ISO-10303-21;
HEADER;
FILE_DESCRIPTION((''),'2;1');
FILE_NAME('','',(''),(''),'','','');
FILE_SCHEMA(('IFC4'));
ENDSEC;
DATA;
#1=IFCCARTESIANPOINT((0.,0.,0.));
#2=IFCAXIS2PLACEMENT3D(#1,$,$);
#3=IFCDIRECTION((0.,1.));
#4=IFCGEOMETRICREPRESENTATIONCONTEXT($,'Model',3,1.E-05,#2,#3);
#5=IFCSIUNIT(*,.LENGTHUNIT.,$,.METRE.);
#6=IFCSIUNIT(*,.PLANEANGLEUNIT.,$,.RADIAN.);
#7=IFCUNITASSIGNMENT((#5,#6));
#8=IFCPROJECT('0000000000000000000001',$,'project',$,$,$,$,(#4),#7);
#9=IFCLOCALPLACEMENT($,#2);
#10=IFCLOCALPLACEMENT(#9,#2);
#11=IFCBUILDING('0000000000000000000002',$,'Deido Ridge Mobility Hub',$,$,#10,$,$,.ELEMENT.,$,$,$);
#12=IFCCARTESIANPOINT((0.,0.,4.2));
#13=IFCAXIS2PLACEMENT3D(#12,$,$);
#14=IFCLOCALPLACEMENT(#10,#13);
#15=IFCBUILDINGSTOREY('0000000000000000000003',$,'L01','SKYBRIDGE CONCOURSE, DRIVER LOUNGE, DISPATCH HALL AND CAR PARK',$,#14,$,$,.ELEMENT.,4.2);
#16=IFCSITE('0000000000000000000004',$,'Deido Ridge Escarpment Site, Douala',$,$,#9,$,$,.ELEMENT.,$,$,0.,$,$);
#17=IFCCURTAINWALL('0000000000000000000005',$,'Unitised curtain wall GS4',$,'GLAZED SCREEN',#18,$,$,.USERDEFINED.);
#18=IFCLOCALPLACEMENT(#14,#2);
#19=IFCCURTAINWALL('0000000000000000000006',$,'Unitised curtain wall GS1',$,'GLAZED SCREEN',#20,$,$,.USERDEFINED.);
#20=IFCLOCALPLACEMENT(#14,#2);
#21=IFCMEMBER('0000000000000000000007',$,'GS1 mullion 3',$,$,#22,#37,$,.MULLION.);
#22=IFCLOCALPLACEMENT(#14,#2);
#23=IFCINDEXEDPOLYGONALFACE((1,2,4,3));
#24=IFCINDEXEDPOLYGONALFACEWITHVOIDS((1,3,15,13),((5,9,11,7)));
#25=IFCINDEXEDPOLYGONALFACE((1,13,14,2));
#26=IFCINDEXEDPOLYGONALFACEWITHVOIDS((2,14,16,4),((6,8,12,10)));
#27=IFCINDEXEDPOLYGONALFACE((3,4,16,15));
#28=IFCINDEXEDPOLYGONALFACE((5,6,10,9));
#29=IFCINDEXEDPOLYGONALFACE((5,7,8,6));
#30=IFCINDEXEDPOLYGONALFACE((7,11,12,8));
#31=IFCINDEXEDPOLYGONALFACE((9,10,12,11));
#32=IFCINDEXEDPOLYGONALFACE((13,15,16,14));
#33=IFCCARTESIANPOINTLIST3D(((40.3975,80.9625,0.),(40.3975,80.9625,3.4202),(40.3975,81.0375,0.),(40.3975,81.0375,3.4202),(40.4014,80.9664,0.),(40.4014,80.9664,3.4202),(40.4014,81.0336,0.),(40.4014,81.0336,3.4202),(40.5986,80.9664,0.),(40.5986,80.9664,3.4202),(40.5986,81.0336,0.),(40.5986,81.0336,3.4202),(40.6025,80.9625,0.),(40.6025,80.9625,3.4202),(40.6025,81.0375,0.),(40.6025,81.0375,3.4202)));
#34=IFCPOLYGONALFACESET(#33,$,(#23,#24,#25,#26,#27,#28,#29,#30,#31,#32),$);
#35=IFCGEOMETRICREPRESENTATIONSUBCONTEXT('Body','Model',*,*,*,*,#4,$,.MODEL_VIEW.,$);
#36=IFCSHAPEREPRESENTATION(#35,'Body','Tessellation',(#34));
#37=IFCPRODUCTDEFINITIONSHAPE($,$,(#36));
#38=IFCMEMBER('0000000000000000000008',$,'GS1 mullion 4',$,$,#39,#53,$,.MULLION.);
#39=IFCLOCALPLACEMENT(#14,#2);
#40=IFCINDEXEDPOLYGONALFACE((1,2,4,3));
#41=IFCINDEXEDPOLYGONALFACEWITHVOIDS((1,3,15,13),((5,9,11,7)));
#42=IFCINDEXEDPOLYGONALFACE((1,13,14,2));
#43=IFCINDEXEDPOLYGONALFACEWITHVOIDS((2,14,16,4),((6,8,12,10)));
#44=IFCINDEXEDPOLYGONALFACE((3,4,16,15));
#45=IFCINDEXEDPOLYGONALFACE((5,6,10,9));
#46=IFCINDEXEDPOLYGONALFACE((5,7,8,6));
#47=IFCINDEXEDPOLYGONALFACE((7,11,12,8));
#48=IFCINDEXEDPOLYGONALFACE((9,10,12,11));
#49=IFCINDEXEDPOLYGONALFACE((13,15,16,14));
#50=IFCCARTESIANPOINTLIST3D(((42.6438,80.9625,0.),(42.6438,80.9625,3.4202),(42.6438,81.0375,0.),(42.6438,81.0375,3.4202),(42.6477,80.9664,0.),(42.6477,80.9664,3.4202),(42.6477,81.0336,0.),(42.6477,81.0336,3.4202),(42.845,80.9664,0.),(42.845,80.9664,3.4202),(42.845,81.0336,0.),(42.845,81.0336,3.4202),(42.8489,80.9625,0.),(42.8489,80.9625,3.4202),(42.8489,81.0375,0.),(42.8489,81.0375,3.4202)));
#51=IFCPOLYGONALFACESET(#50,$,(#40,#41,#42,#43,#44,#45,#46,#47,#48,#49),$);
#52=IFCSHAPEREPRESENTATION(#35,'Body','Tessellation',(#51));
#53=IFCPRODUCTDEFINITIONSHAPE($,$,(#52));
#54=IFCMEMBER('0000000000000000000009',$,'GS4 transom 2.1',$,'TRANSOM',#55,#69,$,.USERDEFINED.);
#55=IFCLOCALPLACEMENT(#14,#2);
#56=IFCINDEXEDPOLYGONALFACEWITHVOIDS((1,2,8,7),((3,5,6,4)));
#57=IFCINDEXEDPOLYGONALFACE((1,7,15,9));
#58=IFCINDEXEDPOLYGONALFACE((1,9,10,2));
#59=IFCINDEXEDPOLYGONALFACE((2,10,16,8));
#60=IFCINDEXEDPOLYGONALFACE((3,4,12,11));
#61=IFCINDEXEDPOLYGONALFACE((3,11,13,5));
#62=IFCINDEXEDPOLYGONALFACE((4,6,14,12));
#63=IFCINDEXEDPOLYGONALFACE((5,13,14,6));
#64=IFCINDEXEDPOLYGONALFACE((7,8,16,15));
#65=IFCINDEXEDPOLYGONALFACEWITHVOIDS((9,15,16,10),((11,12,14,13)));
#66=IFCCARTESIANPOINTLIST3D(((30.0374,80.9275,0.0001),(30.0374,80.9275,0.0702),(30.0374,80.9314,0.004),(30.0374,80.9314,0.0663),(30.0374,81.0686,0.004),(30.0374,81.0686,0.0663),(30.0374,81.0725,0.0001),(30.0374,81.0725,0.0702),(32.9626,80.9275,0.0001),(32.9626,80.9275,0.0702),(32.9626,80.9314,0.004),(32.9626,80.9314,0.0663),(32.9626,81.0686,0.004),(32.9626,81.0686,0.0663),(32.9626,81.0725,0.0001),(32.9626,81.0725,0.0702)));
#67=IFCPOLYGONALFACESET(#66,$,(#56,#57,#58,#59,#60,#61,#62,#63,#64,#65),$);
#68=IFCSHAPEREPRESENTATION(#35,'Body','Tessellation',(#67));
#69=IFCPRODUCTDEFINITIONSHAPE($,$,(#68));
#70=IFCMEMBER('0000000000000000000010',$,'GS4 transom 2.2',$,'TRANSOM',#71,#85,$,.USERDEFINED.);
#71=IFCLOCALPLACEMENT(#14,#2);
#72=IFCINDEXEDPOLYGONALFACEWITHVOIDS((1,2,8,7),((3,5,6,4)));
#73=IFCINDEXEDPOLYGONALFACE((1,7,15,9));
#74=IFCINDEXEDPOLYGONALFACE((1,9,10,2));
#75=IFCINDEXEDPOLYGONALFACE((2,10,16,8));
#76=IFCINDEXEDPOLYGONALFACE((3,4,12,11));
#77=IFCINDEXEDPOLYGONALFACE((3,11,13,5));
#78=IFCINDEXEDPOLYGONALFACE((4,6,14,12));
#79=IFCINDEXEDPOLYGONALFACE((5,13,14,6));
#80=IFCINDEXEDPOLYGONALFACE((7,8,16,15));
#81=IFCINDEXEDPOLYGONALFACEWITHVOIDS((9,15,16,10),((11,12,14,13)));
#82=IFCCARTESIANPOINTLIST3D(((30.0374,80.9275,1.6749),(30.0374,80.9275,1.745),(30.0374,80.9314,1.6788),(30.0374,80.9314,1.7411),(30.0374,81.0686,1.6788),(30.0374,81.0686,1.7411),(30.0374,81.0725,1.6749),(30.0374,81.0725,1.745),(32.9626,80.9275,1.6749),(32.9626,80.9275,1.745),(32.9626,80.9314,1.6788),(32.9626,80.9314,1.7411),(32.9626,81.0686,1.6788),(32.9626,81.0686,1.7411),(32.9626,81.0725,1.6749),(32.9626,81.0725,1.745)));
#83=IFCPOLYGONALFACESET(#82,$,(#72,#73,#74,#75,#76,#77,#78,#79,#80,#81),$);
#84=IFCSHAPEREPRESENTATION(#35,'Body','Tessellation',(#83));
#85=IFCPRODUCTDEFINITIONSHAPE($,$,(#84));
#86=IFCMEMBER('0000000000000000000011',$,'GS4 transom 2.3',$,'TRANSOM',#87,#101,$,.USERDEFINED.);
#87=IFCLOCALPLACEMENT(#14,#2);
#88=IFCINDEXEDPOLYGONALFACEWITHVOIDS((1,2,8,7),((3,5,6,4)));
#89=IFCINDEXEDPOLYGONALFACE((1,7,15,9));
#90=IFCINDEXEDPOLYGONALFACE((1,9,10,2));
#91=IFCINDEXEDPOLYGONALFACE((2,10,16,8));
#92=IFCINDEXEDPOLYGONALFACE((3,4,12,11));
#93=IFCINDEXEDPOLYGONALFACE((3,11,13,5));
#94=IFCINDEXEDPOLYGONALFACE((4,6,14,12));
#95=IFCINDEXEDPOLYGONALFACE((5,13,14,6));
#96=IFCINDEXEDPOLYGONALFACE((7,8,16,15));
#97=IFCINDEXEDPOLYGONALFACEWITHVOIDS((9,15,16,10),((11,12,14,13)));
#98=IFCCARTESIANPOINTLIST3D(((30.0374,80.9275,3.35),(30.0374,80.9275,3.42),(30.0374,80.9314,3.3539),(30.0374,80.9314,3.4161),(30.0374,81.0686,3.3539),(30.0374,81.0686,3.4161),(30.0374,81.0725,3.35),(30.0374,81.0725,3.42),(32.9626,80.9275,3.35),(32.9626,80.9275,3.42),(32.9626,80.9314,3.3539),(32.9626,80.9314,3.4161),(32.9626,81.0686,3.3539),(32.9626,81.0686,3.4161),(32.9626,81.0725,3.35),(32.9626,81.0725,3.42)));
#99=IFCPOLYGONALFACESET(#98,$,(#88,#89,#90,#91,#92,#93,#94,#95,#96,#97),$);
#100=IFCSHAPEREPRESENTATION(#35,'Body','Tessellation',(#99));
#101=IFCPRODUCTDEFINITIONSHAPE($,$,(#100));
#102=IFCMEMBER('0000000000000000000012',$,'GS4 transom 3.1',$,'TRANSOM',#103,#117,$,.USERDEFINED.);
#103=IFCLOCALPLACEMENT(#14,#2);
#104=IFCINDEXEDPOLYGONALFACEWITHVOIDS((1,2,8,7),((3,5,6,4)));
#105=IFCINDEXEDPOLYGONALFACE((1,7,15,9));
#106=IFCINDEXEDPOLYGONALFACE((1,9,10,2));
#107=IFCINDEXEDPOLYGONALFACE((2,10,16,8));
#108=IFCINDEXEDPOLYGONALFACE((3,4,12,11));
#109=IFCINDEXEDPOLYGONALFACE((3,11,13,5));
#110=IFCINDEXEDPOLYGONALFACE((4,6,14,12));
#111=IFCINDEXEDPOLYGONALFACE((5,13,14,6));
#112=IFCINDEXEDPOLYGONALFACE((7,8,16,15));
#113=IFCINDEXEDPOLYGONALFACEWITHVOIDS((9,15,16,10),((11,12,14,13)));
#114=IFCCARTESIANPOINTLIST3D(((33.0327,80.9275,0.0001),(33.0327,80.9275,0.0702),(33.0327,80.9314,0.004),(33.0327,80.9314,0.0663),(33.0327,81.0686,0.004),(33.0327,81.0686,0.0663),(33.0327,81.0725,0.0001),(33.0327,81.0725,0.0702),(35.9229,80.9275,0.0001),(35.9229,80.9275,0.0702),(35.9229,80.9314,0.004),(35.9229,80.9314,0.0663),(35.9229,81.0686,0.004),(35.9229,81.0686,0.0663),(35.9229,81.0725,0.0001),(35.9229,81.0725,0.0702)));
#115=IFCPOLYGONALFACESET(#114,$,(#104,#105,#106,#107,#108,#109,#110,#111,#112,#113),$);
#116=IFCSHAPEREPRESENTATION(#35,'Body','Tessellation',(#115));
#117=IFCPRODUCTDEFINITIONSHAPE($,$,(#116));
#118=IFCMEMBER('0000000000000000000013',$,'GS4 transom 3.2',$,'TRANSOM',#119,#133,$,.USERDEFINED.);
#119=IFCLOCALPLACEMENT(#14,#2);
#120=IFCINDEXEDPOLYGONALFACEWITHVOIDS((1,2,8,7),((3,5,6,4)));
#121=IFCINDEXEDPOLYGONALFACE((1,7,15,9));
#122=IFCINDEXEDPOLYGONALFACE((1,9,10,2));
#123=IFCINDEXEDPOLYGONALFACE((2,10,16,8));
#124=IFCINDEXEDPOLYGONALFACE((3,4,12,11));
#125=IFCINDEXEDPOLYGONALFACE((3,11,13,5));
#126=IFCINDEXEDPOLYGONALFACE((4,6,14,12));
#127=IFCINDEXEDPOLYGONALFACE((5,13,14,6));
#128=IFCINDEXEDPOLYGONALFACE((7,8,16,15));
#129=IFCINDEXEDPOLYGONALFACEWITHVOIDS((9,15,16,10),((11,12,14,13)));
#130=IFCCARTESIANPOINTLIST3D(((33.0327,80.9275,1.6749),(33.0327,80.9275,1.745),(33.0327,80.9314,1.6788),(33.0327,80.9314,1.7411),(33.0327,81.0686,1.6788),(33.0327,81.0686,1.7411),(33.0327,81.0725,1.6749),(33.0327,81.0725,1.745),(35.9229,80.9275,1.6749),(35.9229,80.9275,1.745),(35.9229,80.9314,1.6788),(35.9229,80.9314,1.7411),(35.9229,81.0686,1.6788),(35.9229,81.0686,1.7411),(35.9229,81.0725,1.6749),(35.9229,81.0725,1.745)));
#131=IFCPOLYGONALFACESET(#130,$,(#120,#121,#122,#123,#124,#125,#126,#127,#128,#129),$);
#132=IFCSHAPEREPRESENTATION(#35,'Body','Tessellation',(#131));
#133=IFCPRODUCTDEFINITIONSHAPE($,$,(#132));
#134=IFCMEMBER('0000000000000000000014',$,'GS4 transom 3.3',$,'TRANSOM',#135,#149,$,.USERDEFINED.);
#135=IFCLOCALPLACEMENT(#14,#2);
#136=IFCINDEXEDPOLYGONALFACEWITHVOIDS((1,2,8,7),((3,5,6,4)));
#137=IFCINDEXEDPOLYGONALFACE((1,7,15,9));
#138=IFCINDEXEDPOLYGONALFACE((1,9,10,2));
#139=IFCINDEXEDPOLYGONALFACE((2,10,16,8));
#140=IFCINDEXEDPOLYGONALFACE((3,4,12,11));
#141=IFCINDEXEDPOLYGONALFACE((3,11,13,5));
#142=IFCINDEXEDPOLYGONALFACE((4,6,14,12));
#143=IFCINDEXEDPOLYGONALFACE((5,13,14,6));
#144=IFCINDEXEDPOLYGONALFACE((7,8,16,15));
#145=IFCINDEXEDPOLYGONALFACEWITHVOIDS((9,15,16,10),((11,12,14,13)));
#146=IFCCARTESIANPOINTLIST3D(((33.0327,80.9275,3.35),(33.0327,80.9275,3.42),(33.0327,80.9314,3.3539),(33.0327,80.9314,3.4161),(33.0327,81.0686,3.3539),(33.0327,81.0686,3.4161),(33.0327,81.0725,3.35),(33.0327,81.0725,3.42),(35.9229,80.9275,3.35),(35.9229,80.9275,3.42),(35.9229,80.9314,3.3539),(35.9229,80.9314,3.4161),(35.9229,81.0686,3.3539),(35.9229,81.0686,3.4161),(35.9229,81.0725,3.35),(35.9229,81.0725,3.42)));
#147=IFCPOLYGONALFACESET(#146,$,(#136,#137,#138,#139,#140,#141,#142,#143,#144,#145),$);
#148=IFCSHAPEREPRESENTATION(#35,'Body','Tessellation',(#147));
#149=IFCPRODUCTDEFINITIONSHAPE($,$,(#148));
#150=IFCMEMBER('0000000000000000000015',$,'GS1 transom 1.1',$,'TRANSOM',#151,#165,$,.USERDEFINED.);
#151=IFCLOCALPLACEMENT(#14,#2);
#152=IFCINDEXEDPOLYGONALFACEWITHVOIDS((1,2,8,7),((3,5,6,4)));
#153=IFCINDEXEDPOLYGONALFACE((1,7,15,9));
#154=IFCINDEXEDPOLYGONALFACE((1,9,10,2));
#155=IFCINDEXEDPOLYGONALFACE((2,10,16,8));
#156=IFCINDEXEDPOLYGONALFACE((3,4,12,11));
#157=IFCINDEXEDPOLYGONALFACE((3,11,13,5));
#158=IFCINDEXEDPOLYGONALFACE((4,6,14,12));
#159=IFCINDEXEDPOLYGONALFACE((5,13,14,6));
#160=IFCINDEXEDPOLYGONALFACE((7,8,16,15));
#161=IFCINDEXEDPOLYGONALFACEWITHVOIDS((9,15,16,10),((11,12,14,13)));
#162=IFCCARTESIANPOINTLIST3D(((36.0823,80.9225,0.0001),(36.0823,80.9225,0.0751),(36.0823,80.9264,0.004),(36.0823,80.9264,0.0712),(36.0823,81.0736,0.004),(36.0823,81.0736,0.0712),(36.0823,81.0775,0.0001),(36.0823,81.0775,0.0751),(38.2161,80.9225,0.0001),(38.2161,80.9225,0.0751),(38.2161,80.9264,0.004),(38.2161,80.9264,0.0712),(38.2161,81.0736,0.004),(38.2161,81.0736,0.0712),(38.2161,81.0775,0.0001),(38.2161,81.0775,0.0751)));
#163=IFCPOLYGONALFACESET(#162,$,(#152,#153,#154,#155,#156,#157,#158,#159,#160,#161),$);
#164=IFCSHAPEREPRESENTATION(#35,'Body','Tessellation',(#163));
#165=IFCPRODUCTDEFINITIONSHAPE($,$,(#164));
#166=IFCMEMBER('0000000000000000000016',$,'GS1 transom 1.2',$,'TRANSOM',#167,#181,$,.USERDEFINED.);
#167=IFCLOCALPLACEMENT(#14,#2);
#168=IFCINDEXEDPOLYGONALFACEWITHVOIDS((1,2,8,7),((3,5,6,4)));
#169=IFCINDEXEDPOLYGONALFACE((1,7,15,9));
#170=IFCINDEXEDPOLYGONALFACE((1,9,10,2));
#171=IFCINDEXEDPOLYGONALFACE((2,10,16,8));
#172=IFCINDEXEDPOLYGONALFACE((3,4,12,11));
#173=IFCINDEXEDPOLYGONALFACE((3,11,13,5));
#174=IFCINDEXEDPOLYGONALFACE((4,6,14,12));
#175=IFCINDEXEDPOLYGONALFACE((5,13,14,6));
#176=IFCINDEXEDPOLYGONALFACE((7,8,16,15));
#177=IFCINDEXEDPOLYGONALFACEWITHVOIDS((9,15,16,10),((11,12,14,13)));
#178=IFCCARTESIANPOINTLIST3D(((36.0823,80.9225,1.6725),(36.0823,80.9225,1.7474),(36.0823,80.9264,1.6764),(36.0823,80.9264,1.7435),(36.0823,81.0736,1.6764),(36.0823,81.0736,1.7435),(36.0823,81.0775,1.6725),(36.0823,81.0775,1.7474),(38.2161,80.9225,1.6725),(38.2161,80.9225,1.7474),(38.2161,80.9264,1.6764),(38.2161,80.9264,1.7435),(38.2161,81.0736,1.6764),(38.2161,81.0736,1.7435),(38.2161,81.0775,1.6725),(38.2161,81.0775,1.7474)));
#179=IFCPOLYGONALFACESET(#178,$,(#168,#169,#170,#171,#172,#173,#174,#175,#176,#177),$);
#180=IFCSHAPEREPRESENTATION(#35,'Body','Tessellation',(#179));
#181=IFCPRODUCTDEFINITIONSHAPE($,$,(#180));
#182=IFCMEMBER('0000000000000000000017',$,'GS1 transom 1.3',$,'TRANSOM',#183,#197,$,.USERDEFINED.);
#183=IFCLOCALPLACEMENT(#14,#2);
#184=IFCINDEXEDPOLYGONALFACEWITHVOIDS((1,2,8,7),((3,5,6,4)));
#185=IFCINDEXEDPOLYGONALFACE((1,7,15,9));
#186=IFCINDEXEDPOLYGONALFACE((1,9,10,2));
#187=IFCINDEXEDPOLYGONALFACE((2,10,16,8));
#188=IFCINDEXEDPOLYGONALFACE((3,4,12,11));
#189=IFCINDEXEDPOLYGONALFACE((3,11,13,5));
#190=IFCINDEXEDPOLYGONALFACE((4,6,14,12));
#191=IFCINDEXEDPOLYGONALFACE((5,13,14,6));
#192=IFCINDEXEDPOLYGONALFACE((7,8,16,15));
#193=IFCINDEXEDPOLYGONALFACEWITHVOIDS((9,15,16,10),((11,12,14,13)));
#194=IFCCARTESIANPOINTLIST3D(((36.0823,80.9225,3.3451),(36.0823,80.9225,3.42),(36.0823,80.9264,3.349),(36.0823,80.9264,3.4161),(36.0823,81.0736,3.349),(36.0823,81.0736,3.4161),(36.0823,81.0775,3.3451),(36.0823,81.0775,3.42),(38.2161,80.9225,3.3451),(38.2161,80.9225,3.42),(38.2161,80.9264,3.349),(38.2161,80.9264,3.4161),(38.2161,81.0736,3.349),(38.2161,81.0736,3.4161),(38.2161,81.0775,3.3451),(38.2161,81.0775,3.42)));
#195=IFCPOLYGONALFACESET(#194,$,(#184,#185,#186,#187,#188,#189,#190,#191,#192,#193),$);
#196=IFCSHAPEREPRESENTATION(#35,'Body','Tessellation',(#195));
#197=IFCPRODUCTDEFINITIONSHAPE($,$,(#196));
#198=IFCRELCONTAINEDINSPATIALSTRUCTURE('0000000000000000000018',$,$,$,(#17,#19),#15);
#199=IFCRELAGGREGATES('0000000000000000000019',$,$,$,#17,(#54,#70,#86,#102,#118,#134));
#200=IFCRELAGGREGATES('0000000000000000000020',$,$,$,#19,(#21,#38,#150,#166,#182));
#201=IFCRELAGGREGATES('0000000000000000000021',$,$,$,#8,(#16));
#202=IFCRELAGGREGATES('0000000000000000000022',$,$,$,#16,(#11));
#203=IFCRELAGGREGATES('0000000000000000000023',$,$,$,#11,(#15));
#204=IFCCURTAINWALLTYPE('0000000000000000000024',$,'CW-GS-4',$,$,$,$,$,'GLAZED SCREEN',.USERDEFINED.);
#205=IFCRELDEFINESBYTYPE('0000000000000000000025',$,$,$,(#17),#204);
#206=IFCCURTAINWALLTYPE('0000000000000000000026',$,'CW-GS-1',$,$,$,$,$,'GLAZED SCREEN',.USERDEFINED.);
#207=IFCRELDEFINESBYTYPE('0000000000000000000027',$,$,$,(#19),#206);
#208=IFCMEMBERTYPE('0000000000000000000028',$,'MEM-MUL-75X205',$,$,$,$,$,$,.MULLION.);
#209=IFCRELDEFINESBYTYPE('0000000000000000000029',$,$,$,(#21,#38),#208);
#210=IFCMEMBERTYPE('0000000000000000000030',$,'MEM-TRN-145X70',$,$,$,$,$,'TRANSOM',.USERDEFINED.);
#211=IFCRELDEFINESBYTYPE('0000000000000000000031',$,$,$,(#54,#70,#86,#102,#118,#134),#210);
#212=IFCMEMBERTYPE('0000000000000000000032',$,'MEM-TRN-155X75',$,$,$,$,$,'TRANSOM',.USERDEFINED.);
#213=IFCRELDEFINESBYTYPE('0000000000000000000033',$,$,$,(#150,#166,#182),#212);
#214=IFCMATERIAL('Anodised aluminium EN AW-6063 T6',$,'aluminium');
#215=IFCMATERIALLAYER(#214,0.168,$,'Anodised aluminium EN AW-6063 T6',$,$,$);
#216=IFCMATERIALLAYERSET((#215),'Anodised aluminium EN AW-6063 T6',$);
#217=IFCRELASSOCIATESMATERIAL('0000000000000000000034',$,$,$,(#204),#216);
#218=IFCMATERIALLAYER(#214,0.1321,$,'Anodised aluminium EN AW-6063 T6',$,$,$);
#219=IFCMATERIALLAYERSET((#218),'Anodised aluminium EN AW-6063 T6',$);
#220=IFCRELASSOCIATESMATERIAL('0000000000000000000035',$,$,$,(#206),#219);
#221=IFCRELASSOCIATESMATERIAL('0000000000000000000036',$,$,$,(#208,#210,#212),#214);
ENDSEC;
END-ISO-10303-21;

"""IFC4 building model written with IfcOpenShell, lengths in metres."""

from ifc_helpers import new_model, si_unit, direction, frame, origin, origin_2d, place, context, subcontext, project, spatial, hollow_rectangle, extrude, material, layer, layer_set, material_profile, profile_set, type_object, element, aggregate, save


model = new_model("IFC4")

# Units and contexts
model_context = context("Model", 3, precision=1e-05, world=origin(), true_north=direction((0.0, 1.0)))
body_context = subcontext(model_context, "Body", "Model", "MODEL_VIEW")
ifc_project = project(units=[si_unit("LENGTHUNIT", "METRE"), si_unit("PLANEANGLEUNIT", "RADIAN")], contexts=[model_context])

# Site, building, storey
site_placement = place(None, origin())
site = spatial("IfcSite", under=ifc_project, at=site_placement, Name="Deido Ridge Escarpment Site, Douala", CompositionType="ELEMENT", RefElevation=0.0)
building_placement = place(site_placement, origin())
building = spatial("IfcBuilding", under=site, at=building_placement, Name="Deido Ridge Mobility Hub", CompositionType="ELEMENT")
storey_placement = place(building_placement, frame((0.0, 0.0, 4.2)))
storey = spatial("IfcBuildingStorey", under=building, at=storey_placement, Name="L01", Description="SKYBRIDGE CONCOURSE, DRIVER LOUNGE, DISPATCH HALL AND CAR PARK", CompositionType="ELEMENT", Elevation=4.2)

# Curtain walls, members
ifc_material_1 = material(Name="Anodised aluminium EN AW-6063 T6", Category="aluminium")
ifc_layer_1 = layer(ifc_material_1, 0.168, Name="Anodised aluminium EN AW-6063 T6")
ifc_layer_set_1 = layer_set([ifc_layer_1], Name="Anodised aluminium EN AW-6063 T6")
curtain_wall_type_1 = type_object("IfcCurtainWallType", Name="CW-GS-4", ElementType="GLAZED SCREEN", PredefinedType="USERDEFINED", material=ifc_layer_set_1)
curtain_wall_1_placement = place(storey_placement, origin())
curtain_wall_1 = element("IfcCurtainWall", 1, at=curtain_wall_1_placement, inside=storey, type_object=curtain_wall_type_1, Name="Unitised curtain wall GS4", ObjectType="GLAZED SCREEN", PredefinedType="USERDEFINED")
ifc_layer_2 = layer(ifc_material_1, 0.1321, Name="Anodised aluminium EN AW-6063 T6")
ifc_layer_set_2 = layer_set([ifc_layer_2], Name="Anodised aluminium EN AW-6063 T6")
curtain_wall_type_2 = type_object("IfcCurtainWallType", Name="CW-GS-1", ElementType="GLAZED SCREEN", PredefinedType="USERDEFINED", material=ifc_layer_set_2)
curtain_wall_2_placement = place(storey_placement, origin())
curtain_wall_2 = element("IfcCurtainWall", 2, at=curtain_wall_2_placement, inside=storey, type_object=curtain_wall_type_2, Name="Unitised curtain wall GS1", ObjectType="GLAZED SCREEN", PredefinedType="USERDEFINED")
ifc_material_profile_1 = material_profile(ifc_material_1, hollow_rectangle(XDim=0.075, YDim=0.2051, WallThickness=0.0039, at=origin_2d()), Name="RHS 75x205x4")
ifc_profile_set_1 = profile_set([ifc_material_profile_1], Name="Anodised aluminium EN AW-6063 T6")
member_type_1 = type_object("IfcMemberType", Name="MEM-MUL-75X205", PredefinedType="MULLION", material=ifc_profile_set_1)
member_1_placement = place(storey_placement, frame((40.5, 81.0, 0.0), z_axis=(0.0, 0.0, 1.0), x_axis=(0.0, 1.0, 0.0)))
member_1 = element("IfcMember", 3, at=member_1_placement, type_object=member_type_1, Name="GS1 mullion 3", PredefinedType="MULLION", context=body_context, shape_type="SweptSolid", body=[
    extrude(hollow_rectangle(XDim=0.075, YDim=0.2051, WallThickness=0.0039, at=origin_2d()), origin(), (0.0, 0.0, 1.0), 3.4202),
])
member_2_placement = place(storey_placement, frame((42.7463, 81.0, 0.0), z_axis=(0.0, 0.0, 1.0), x_axis=(0.0, 1.0, 0.0)))
member_2 = element("IfcMember", 4, at=member_2_placement, type_object=member_type_1, Name="GS1 mullion 4", PredefinedType="MULLION", context=body_context, shape_type="SweptSolid", body=[
    extrude(hollow_rectangle(XDim=0.075, YDim=0.2051, WallThickness=0.0039, at=origin_2d()), origin(), (0.0, 0.0, 1.0), 3.4202),
])

# Members
ifc_material_profile_2 = material_profile(ifc_material_1, hollow_rectangle(XDim=0.145, YDim=0.0701, WallThickness=0.0039, at=origin_2d()), Name="RHS 145x70x4")
ifc_profile_set_2 = profile_set([ifc_material_profile_2], Name="Anodised aluminium EN AW-6063 T6")
member_type_2 = type_object("IfcMemberType", Name="MEM-TRN-145X70", ElementType="TRANSOM", PredefinedType="USERDEFINED", material=ifc_profile_set_2)
member_3_placement = place(storey_placement, frame((30.0374, 81.0, 0.0352), z_axis=(1.0, 0.0, 0.0), x_axis=(0.0, 1.0, 0.0)))
member_3 = element("IfcMember", 5, at=member_3_placement, type_object=member_type_2, Name="GS4 transom 2.1", ObjectType="TRANSOM", PredefinedType="USERDEFINED", context=body_context, shape_type="SweptSolid", body=[
    extrude(hollow_rectangle(XDim=0.145, YDim=0.0701, WallThickness=0.0039, at=origin_2d()), origin(), (0.0, 0.0, 1.0), 2.9253),
])
member_4_placement = place(storey_placement, frame((30.0374, 81.0, 1.71), z_axis=(1.0, 0.0, 0.0), x_axis=(0.0, 1.0, 0.0)))
member_4 = element("IfcMember", 6, at=member_4_placement, type_object=member_type_2, Name="GS4 transom 2.2", ObjectType="TRANSOM", PredefinedType="USERDEFINED", context=body_context, shape_type="SweptSolid", body=[
    extrude(hollow_rectangle(XDim=0.145, YDim=0.0701, WallThickness=0.0039, at=origin_2d()), origin(), (0.0, 0.0, 1.0), 2.9253),
])
member_5_placement = place(storey_placement, frame((30.0374, 81.0, 3.385), z_axis=(1.0, 0.0, 0.0), x_axis=(0.0, 1.0, 0.0)))
member_5 = element("IfcMember", 7, at=member_5_placement, type_object=member_type_2, Name="GS4 transom 2.3", ObjectType="TRANSOM", PredefinedType="USERDEFINED", context=body_context, shape_type="SweptSolid", body=[
    extrude(hollow_rectangle(XDim=0.145, YDim=0.0701, WallThickness=0.0039, at=origin_2d()), origin(), (0.0, 0.0, 1.0), 2.9253),
])
member_6_placement = place(storey_placement, frame((33.0327, 81.0, 0.0352), z_axis=(1.0, 0.0, 0.0), x_axis=(0.0, 1.0, 0.0)))
member_6 = element("IfcMember", 8, at=member_6_placement, type_object=member_type_2, Name="GS4 transom 3.1", ObjectType="TRANSOM", PredefinedType="USERDEFINED", context=body_context, shape_type="SweptSolid", body=[
    extrude(hollow_rectangle(XDim=0.145, YDim=0.0701, WallThickness=0.0039, at=origin_2d()), origin(), (0.0, 0.0, 1.0), 2.8901),
])
member_7_placement = place(storey_placement, frame((33.0327, 81.0, 1.71), z_axis=(1.0, 0.0, 0.0), x_axis=(0.0, 1.0, 0.0)))
member_7 = element("IfcMember", 9, at=member_7_placement, type_object=member_type_2, Name="GS4 transom 3.2", ObjectType="TRANSOM", PredefinedType="USERDEFINED", context=body_context, shape_type="SweptSolid", body=[
    extrude(hollow_rectangle(XDim=0.145, YDim=0.0701, WallThickness=0.0039, at=origin_2d()), origin(), (0.0, 0.0, 1.0), 2.8901),
])
member_8_placement = place(storey_placement, frame((33.0327, 81.0, 3.385), z_axis=(1.0, 0.0, 0.0), x_axis=(0.0, 1.0, 0.0)))
member_8 = element("IfcMember", 10, at=member_8_placement, type_object=member_type_2, Name="GS4 transom 3.3", ObjectType="TRANSOM", PredefinedType="USERDEFINED", context=body_context, shape_type="SweptSolid", body=[
    extrude(hollow_rectangle(XDim=0.145, YDim=0.0701, WallThickness=0.0039, at=origin_2d()), origin(), (0.0, 0.0, 1.0), 2.8901),
])
ifc_material_profile_3 = material_profile(ifc_material_1, hollow_rectangle(XDim=0.155, YDim=0.075, WallThickness=0.0039, at=origin_2d()), Name="RHS 155x75x4")
ifc_profile_set_3 = profile_set([ifc_material_profile_3], Name="Anodised aluminium EN AW-6063 T6")
member_type_3 = type_object("IfcMemberType", Name="MEM-TRN-155X75", ElementType="TRANSOM", PredefinedType="USERDEFINED", material=ifc_profile_set_3)
member_9_placement = place(storey_placement, frame((36.0823, 81.0, 0.0376), z_axis=(1.0, 0.0, 0.0), x_axis=(0.0, 1.0, 0.0)))
member_9 = element("IfcMember", 11, at=member_9_placement, type_object=member_type_3, Name="GS1 transom 1.1", ObjectType="TRANSOM", PredefinedType="USERDEFINED", context=body_context, shape_type="SweptSolid", body=[
    extrude(hollow_rectangle(XDim=0.155, YDim=0.075, WallThickness=0.0039, at=origin_2d()), origin(), (0.0, 0.0, 1.0), 2.1338),
])
member_10_placement = place(storey_placement, frame((36.0823, 81.0, 1.71), z_axis=(1.0, 0.0, 0.0), x_axis=(0.0, 1.0, 0.0)))
member_10 = element("IfcMember", 12, at=member_10_placement, type_object=member_type_3, Name="GS1 transom 1.2", ObjectType="TRANSOM", PredefinedType="USERDEFINED", context=body_context, shape_type="SweptSolid", body=[
    extrude(hollow_rectangle(XDim=0.155, YDim=0.075, WallThickness=0.0039, at=origin_2d()), origin(), (0.0, 0.0, 1.0), 2.1338),
])
member_11_placement = place(storey_placement, frame((36.0823, 81.0, 3.3826), z_axis=(1.0, 0.0, 0.0), x_axis=(0.0, 1.0, 0.0)))
member_11 = element("IfcMember", 13, at=member_11_placement, type_object=member_type_3, Name="GS1 transom 1.3", ObjectType="TRANSOM", PredefinedType="USERDEFINED", context=body_context, shape_type="SweptSolid", body=[
    extrude(hollow_rectangle(XDim=0.155, YDim=0.075, WallThickness=0.0039, at=origin_2d()), origin(), (0.0, 0.0, 1.0), 2.1338),
])

aggregate(curtain_wall_1, [member_3, member_4, member_5, member_6, member_7, member_8])
aggregate(curtain_wall_2, [member_1, member_2, member_9, member_10, member_11])

save(model, "model.ifc")
